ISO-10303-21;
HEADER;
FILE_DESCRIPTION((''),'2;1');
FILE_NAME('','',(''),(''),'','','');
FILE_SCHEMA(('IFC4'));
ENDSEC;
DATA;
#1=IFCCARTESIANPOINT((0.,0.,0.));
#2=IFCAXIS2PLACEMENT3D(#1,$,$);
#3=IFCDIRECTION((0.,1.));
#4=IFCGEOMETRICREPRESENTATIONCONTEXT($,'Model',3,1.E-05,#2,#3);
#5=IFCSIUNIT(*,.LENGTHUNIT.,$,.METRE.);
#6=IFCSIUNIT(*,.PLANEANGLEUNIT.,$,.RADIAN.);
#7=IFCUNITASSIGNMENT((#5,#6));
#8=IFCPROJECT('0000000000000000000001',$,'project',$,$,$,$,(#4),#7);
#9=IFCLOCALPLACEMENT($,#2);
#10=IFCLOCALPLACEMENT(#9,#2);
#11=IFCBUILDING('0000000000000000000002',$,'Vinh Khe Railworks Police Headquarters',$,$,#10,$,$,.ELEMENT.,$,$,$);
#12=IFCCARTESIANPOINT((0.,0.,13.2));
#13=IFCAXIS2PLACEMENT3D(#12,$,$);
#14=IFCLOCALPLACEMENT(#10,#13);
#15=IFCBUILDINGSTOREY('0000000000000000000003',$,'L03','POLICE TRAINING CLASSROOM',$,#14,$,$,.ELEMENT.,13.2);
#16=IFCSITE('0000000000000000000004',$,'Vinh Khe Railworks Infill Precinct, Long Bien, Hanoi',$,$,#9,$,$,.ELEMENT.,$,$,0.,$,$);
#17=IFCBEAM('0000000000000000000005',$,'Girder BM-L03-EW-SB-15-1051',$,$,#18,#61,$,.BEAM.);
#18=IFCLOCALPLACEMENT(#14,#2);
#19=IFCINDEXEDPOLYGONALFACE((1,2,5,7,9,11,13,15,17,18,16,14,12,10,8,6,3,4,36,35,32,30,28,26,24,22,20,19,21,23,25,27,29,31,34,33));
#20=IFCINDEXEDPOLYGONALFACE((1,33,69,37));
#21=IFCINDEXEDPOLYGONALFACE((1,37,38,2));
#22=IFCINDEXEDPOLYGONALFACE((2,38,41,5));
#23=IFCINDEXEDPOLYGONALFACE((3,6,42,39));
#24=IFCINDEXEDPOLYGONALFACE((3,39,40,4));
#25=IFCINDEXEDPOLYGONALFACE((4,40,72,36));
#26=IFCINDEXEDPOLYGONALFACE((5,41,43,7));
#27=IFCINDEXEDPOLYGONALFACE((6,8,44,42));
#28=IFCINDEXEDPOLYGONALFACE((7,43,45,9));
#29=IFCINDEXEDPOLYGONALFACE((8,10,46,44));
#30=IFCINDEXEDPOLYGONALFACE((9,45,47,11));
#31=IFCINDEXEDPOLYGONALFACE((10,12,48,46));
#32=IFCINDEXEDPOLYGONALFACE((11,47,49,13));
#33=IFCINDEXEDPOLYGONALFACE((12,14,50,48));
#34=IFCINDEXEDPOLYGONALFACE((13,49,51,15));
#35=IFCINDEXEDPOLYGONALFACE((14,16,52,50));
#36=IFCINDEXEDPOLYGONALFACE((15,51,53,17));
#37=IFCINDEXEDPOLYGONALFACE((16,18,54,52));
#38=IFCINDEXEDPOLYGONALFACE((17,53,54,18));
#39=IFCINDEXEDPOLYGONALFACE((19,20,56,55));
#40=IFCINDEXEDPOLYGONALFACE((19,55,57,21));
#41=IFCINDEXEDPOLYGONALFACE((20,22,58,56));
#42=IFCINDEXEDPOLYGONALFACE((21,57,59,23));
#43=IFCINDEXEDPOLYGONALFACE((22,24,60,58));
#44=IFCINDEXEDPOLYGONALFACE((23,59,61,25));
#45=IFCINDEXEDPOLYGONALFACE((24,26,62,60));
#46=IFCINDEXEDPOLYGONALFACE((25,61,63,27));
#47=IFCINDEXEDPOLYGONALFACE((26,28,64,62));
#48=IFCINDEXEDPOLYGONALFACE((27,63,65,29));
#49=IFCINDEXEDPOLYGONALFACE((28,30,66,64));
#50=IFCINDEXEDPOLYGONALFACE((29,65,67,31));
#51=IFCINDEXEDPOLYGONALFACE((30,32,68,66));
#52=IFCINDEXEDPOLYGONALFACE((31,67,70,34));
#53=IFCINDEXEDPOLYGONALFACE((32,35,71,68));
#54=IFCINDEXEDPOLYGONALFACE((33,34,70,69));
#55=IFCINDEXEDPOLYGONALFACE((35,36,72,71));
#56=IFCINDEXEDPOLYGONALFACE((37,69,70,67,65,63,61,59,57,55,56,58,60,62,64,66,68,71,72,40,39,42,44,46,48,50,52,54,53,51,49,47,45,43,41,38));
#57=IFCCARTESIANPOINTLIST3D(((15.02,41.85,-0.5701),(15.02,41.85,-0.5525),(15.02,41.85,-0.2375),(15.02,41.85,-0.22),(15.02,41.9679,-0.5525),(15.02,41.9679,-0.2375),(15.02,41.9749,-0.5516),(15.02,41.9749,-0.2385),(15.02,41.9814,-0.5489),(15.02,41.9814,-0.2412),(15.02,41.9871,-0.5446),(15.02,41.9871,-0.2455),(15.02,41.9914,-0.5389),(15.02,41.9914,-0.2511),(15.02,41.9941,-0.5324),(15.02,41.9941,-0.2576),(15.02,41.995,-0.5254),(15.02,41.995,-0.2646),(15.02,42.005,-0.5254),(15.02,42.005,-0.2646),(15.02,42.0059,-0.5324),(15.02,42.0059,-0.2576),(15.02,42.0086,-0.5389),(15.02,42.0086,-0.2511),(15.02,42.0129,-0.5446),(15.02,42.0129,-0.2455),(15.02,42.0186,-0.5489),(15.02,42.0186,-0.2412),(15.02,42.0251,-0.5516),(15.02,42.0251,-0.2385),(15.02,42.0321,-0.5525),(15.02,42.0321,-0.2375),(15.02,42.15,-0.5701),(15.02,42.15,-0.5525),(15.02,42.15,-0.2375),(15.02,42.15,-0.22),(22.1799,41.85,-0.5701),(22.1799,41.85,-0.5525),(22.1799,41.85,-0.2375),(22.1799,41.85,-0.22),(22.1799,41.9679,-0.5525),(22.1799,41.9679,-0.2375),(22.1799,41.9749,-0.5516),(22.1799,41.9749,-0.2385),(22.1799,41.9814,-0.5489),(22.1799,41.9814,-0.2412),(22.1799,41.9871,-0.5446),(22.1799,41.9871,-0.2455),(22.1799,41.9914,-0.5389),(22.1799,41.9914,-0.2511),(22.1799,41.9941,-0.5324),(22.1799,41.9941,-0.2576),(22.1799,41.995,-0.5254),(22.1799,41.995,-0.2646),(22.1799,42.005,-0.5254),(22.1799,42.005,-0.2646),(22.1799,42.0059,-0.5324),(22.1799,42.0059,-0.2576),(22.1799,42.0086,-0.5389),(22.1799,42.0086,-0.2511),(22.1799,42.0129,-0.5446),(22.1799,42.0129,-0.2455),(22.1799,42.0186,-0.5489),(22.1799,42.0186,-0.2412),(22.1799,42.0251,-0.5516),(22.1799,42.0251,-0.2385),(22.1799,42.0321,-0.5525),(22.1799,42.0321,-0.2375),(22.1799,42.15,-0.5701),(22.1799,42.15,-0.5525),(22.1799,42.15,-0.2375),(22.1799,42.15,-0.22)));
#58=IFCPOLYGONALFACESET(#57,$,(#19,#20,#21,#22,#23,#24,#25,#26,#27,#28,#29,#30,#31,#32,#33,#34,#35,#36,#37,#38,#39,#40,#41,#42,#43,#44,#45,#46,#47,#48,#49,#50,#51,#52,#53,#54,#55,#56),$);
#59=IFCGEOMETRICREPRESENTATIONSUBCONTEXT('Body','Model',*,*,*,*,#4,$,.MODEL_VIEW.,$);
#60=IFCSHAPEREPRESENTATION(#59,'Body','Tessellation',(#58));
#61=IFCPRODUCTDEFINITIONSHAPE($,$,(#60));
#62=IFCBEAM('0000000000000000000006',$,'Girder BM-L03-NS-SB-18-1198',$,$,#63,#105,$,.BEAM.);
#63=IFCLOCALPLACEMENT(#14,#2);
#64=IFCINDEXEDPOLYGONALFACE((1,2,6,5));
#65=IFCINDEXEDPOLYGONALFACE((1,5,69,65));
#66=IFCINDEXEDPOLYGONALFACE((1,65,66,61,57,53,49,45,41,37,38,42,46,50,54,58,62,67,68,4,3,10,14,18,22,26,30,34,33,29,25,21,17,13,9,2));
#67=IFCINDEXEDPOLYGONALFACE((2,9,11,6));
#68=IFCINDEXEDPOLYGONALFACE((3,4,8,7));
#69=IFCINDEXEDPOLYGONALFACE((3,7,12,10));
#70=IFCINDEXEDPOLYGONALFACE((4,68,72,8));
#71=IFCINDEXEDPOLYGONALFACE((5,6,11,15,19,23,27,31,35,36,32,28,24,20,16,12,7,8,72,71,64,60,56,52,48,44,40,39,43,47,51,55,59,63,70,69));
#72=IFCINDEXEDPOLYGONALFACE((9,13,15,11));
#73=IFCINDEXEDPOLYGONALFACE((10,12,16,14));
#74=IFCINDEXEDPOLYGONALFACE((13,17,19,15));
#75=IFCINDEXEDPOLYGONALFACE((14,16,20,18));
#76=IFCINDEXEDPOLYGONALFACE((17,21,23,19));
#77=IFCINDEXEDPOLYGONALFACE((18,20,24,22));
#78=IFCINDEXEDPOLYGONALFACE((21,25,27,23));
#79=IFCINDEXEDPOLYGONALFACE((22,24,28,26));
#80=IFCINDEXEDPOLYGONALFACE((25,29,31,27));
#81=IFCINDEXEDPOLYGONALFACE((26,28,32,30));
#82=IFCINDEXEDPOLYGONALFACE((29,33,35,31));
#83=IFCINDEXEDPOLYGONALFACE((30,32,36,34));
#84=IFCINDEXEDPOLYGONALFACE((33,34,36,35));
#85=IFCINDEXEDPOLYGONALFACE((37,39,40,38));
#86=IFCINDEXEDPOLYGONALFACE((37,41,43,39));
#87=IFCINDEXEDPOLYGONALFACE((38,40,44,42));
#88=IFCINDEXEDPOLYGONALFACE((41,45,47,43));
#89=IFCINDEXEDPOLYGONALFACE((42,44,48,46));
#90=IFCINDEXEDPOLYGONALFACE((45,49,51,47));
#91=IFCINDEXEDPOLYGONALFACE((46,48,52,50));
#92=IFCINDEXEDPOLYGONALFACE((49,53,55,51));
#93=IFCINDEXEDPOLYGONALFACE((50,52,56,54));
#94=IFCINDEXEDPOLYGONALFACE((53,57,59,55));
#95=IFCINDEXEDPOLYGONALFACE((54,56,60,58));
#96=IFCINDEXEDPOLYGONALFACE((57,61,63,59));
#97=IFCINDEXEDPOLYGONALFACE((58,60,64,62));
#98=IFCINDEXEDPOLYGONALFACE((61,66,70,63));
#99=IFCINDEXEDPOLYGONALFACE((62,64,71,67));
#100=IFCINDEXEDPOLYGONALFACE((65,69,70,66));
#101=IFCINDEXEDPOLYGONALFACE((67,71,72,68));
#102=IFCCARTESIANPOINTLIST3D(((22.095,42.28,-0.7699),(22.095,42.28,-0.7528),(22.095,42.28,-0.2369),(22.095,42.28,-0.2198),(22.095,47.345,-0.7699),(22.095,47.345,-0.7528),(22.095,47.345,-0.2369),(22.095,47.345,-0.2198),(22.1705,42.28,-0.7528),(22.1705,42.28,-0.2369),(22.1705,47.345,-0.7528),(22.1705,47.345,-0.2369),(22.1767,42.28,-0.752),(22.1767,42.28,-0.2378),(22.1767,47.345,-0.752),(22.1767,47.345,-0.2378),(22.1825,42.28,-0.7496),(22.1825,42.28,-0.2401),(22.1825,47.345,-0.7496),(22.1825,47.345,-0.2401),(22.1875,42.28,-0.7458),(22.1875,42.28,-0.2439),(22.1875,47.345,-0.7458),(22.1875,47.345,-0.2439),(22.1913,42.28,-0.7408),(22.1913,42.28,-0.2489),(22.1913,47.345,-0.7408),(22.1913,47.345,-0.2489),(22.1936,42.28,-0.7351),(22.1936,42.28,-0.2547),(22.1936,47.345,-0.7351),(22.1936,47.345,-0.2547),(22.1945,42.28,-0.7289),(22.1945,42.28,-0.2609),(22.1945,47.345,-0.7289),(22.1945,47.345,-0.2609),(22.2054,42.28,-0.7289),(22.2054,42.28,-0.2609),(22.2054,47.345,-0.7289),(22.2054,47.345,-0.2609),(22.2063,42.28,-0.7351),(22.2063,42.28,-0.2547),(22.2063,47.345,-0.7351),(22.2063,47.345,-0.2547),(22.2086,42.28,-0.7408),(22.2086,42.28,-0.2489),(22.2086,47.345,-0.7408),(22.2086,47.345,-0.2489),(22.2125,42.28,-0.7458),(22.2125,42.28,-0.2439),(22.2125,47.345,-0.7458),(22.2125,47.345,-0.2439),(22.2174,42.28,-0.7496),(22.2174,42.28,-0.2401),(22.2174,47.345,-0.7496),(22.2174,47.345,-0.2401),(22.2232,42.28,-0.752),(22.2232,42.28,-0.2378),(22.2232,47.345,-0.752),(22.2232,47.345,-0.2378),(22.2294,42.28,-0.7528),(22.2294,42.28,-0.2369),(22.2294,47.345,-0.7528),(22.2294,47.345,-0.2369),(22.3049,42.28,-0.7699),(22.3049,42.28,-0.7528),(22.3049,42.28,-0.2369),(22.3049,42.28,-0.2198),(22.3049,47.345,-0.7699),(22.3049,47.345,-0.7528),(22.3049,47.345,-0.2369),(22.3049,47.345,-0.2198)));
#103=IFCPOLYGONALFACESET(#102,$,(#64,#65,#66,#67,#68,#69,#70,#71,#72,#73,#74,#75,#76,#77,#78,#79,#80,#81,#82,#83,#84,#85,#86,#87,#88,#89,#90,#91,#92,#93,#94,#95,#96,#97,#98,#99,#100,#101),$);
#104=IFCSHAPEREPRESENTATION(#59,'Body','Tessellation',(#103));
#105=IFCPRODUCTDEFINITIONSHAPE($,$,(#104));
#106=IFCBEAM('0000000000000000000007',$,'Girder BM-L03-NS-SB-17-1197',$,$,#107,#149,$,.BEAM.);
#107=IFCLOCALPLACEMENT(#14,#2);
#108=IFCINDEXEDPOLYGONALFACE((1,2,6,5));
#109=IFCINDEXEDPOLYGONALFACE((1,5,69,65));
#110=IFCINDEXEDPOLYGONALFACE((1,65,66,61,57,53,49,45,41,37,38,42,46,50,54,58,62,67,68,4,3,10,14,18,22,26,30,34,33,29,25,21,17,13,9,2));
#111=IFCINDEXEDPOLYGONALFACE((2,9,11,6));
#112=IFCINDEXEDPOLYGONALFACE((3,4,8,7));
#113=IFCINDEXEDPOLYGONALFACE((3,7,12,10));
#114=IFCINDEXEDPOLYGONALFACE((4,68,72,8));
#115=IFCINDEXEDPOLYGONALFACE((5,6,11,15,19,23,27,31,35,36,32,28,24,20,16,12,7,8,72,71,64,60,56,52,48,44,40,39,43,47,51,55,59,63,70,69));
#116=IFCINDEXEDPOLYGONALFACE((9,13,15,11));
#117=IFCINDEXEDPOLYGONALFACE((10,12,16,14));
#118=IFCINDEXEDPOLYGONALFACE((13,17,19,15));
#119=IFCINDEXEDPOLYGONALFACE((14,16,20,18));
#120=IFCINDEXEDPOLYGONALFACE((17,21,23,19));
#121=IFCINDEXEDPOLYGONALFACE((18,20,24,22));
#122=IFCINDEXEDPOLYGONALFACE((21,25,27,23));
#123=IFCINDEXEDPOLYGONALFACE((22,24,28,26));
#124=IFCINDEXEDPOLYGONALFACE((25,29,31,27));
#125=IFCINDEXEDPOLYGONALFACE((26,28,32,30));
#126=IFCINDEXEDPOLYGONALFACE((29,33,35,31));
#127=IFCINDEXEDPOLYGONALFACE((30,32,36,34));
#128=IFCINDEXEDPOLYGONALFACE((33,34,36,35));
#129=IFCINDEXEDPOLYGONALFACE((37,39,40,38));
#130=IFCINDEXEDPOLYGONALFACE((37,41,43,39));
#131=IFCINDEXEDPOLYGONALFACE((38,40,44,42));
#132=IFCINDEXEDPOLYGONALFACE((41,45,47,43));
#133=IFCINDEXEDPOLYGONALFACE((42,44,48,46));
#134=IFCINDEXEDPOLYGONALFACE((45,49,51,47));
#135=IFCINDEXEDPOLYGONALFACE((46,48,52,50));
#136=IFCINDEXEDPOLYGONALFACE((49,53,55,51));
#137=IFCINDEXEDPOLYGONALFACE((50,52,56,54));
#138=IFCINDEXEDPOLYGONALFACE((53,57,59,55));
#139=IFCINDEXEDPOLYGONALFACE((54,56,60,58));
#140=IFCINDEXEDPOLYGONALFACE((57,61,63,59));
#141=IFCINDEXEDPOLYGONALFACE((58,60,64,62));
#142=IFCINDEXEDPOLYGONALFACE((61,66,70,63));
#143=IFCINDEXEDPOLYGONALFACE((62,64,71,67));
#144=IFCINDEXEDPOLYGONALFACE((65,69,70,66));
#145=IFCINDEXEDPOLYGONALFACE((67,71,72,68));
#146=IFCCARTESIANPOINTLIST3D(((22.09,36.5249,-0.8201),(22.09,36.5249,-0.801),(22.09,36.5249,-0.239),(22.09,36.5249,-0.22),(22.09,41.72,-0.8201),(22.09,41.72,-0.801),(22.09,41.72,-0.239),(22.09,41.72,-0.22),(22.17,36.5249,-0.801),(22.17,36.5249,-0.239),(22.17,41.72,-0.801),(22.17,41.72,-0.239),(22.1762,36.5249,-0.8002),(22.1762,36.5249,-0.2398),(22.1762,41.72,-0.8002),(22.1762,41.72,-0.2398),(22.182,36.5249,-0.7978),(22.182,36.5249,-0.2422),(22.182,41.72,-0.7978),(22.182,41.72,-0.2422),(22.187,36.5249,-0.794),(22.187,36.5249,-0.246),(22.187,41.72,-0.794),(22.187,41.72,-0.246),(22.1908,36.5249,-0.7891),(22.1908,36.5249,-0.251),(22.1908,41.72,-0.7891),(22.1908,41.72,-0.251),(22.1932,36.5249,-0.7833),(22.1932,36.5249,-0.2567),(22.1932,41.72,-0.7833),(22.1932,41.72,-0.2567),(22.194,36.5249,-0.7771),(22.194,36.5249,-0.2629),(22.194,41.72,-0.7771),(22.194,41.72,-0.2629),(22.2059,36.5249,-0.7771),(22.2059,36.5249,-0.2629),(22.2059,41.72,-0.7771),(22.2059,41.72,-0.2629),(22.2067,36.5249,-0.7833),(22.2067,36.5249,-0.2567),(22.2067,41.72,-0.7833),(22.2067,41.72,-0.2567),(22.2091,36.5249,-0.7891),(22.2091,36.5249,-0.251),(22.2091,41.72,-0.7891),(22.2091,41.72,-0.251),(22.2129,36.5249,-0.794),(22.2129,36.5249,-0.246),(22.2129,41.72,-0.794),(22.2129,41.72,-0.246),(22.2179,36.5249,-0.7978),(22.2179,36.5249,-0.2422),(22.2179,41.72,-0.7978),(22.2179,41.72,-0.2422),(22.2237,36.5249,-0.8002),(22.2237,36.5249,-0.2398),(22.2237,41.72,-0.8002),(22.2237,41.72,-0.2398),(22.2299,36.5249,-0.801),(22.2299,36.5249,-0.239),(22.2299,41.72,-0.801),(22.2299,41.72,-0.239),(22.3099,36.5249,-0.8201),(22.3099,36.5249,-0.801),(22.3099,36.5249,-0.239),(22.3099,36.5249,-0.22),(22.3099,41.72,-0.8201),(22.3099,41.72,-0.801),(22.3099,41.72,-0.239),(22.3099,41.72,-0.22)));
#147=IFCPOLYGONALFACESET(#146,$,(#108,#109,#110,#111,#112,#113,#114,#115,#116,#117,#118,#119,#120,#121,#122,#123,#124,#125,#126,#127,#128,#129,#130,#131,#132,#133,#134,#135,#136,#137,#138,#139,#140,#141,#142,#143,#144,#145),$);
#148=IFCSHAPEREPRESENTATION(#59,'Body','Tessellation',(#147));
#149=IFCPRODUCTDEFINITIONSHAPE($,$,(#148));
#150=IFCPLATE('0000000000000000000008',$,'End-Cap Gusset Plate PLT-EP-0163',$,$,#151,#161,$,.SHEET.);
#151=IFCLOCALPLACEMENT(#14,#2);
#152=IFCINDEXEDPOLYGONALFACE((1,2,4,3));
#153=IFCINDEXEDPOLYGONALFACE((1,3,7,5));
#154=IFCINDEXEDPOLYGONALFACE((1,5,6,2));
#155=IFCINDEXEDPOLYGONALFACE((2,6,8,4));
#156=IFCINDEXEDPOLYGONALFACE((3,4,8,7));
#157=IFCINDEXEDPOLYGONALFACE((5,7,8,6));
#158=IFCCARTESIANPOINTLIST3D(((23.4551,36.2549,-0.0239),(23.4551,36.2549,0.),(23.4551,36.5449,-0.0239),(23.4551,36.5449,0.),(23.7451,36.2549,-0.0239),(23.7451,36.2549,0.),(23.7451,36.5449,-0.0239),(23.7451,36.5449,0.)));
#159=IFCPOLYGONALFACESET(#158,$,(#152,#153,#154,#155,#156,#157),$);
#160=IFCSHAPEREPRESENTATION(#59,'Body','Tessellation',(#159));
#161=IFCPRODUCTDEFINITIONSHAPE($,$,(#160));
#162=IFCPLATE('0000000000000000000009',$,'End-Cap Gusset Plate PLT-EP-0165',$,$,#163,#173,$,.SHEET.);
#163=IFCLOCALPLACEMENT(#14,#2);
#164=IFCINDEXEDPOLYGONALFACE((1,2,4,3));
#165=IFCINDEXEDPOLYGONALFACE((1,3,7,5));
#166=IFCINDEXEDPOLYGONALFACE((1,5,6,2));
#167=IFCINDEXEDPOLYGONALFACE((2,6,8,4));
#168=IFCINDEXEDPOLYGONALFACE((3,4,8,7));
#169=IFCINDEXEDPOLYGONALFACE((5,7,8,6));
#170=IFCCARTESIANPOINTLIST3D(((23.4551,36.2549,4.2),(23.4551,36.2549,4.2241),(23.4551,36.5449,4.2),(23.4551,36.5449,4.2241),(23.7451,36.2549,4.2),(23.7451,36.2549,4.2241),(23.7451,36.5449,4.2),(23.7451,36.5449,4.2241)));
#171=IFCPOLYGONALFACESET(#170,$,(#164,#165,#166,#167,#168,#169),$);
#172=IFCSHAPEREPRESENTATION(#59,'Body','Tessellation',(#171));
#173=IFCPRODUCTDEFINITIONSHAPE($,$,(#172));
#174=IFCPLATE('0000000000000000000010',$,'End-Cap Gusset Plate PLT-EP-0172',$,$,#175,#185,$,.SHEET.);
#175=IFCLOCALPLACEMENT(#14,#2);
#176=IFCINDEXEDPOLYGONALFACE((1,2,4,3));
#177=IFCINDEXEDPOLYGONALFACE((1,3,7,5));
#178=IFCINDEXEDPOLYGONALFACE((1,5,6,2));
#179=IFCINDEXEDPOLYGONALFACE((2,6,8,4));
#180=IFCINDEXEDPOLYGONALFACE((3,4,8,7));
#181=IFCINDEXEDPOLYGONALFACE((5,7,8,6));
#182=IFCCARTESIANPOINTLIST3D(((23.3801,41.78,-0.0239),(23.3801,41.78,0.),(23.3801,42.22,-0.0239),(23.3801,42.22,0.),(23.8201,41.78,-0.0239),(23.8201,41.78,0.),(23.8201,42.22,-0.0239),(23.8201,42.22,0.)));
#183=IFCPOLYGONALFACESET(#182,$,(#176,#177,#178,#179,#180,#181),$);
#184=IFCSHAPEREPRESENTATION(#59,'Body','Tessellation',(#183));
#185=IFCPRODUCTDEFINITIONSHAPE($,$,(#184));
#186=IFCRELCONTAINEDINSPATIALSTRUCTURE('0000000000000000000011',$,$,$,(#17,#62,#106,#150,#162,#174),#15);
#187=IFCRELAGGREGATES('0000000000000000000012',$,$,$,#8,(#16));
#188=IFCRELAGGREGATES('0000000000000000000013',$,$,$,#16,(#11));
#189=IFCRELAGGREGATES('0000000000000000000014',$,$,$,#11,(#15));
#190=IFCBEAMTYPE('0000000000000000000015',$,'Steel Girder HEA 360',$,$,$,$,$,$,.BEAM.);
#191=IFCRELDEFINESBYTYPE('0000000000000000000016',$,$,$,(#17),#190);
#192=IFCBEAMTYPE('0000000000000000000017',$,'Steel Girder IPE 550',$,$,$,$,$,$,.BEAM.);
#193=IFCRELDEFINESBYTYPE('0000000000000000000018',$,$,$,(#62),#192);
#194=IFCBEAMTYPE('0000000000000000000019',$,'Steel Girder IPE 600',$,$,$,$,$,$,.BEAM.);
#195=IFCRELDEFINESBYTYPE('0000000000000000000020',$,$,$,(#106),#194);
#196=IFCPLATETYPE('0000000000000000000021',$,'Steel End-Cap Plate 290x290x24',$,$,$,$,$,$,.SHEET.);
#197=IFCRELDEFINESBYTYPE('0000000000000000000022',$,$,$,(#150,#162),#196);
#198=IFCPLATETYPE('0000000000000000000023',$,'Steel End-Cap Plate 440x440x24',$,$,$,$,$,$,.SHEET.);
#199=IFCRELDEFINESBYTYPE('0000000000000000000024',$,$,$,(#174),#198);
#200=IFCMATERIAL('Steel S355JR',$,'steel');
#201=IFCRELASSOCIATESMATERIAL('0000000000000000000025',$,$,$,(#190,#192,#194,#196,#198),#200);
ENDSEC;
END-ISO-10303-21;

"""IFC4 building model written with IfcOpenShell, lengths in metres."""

from ifc_helpers import new_model, si_unit, direction, frame, origin, origin_2d, place, context, subcontext, project, spatial, rectangle, i_section, extrude, material, material_profile, profile_set, type_object, element, save


model = new_model("IFC4")

# Units and contexts
model_context = context("Model", 3, precision=1e-05, world=origin(), true_north=direction((0.0, 1.0)))
body_context = subcontext(model_context, "Body", "Model", "MODEL_VIEW")
ifc_project = project(units=[si_unit("LENGTHUNIT", "METRE"), si_unit("PLANEANGLEUNIT", "RADIAN")], contexts=[model_context])

# Site, building, storey
site_placement = place(None, origin())
site = spatial("IfcSite", under=ifc_project, at=site_placement, Name="Vinh Khe Railworks Infill Precinct, Long Bien, Hanoi", CompositionType="ELEMENT", RefElevation=0.0)
building_placement = place(site_placement, origin())
building = spatial("IfcBuilding", under=site, at=building_placement, Name="Vinh Khe Railworks Police Headquarters", CompositionType="ELEMENT")
storey_placement = place(building_placement, frame((0.0, 0.0, 13.2)))
storey = spatial("IfcBuildingStorey", under=building, at=storey_placement, Name="L03", Description="POLICE TRAINING CLASSROOM", CompositionType="ELEMENT", Elevation=13.2)

# Shared definitions
ifc_material_1 = material(Name="Steel S355JR", Category="steel")

# Beams
ifc_material_profile_1 = material_profile(ifc_material_1, i_section(OverallWidth=0.3, OverallDepth=0.3501, WebThickness=0.01, FlangeThickness=0.0176, FilletRadius=0.0271, at=origin_2d()), Name="HEA 360")
ifc_profile_set_1 = profile_set([ifc_material_profile_1], Name="Steel S355JR")
beam_type_1 = type_object("IfcBeamType", Name="Steel Girder HEA 360", PredefinedType="BEAM", material=ifc_profile_set_1)
beam_1_placement = place(storey_placement, frame((15.02, 42.0, -0.395), z_axis=(1.0, 0.0, 0.0), x_axis=(0.0, 1.0, 0.0)))
element("IfcBeam", 1, at=beam_1_placement, inside=storey, type_object=beam_type_1, Name="Girder BM-L03-EW-SB-15-1051", PredefinedType="BEAM", context=body_context, shape_type="SweptSolid", body=[
    extrude(i_section(OverallWidth=0.3, OverallDepth=0.3501, WebThickness=0.01, FlangeThickness=0.0176, FilletRadius=0.0271, at=origin_2d()), origin(), (0.0, 0.0, 1.0), 7.1599),
])
ifc_material_profile_2 = material_profile(ifc_material_1, i_section(OverallWidth=0.21, OverallDepth=0.55, WebThickness=0.011, FlangeThickness=0.0171, FilletRadius=0.0239, at=origin_2d()), Name="IPE 550")
ifc_profile_set_2 = profile_set([ifc_material_profile_2], Name="Steel S355JR")
beam_type_2 = type_object("IfcBeamType", Name="Steel Girder IPE 550", PredefinedType="BEAM", material=ifc_profile_set_2)
beam_2_placement = place(storey_placement, frame((22.2, 42.28, -0.4949), z_axis=(0.0, 1.0, 0.0), x_axis=(-1.0, 0.0, 0.0)))
element("IfcBeam", 2, at=beam_2_placement, inside=storey, type_object=beam_type_2, Name="Girder BM-L03-NS-SB-18-1198", PredefinedType="BEAM", context=body_context, shape_type="SweptSolid", body=[
    extrude(i_section(OverallWidth=0.21, OverallDepth=0.55, WebThickness=0.011, FlangeThickness=0.0171, FilletRadius=0.0239, at=origin_2d()), origin(), (0.0, 0.0, 1.0), 5.0649),
])
ifc_material_profile_3 = material_profile(ifc_material_1, i_section(OverallWidth=0.22, OverallDepth=0.6001, WebThickness=0.012, FlangeThickness=0.019, FilletRadius=0.0239, at=origin_2d()), Name="IPE 600")
ifc_profile_set_3 = profile_set([ifc_material_profile_3], Name="Steel S355JR")
beam_type_3 = type_object("IfcBeamType", Name="Steel Girder IPE 600", PredefinedType="BEAM", material=ifc_profile_set_3)
beam_3_placement = place(storey_placement, frame((22.2, 36.5249, -0.52), z_axis=(0.0, 1.0, 0.0), x_axis=(-1.0, 0.0, 0.0)))
element("IfcBeam", 3, at=beam_3_placement, inside=storey, type_object=beam_type_3, Name="Girder BM-L03-NS-SB-17-1197", PredefinedType="BEAM", context=body_context, shape_type="SweptSolid", body=[
    extrude(i_section(OverallWidth=0.22, OverallDepth=0.6001, WebThickness=0.012, FlangeThickness=0.019, FilletRadius=0.0239, at=origin_2d()), origin(), (0.0, 0.0, 1.0), 5.1951),
])

# Plates
ifc_material_profile_4 = material_profile(ifc_material_1, rectangle(XDim=0.29, YDim=0.29, at=origin_2d()), Name="PL 290x290")
ifc_profile_set_4 = profile_set([ifc_material_profile_4], Name="Steel S355JR")
plate_type_1 = type_object("IfcPlateType", Name="Steel End-Cap Plate 290x290x24", PredefinedType="SHEET", material=ifc_profile_set_4)
plate_1_placement = place(storey_placement, frame((23.6001, 36.3999, 0.0), z_axis=(0.0, 0.0, -1.0), x_axis=(1.0, 0.0, 0.0)))
element("IfcPlate", 4, at=plate_1_placement, inside=storey, type_object=plate_type_1, Name="End-Cap Gusset Plate PLT-EP-0163", PredefinedType="SHEET", context=body_context, shape_type="SweptSolid", body=[
    extrude(rectangle(XDim=0.29, YDim=0.29, at=origin_2d()), origin(), (0.0, 0.0, 1.0), 0.0239),
])
plate_2_placement = place(storey_placement, frame((23.6001, 36.3999, 4.2), z_axis=(0.0, 0.0, 1.0), x_axis=(1.0, 0.0, 0.0)))
element("IfcPlate", 5, at=plate_2_placement, inside=storey, type_object=plate_type_1, Name="End-Cap Gusset Plate PLT-EP-0165", PredefinedType="SHEET", context=body_context, shape_type="SweptSolid", body=[
    extrude(rectangle(XDim=0.29, YDim=0.29, at=origin_2d()), origin(), (0.0, 0.0, 1.0), 0.0242),
])
ifc_material_profile_5 = material_profile(ifc_material_1, rectangle(XDim=0.4399, YDim=0.4399, at=origin_2d()), Name="PL 440x440")
ifc_profile_set_5 = profile_set([ifc_material_profile_5], Name="Steel S355JR")
plate_type_2 = type_object("IfcPlateType", Name="Steel End-Cap Plate 440x440x24", PredefinedType="SHEET", material=ifc_profile_set_5)
plate_3_placement = place(storey_placement, frame((23.6001, 42.0, 0.0), z_axis=(0.0, 0.0, -1.0), x_axis=(1.0, 0.0, 0.0)))
element("IfcPlate", 6, at=plate_3_placement, inside=storey, type_object=plate_type_2, Name="End-Cap Gusset Plate PLT-EP-0172", PredefinedType="SHEET", context=body_context, shape_type="SweptSolid", body=[
    extrude(rectangle(XDim=0.4399, YDim=0.4399, at=origin_2d()), origin(), (0.0, 0.0, 1.0), 0.0239),
])

save(model, "model.ifc")
